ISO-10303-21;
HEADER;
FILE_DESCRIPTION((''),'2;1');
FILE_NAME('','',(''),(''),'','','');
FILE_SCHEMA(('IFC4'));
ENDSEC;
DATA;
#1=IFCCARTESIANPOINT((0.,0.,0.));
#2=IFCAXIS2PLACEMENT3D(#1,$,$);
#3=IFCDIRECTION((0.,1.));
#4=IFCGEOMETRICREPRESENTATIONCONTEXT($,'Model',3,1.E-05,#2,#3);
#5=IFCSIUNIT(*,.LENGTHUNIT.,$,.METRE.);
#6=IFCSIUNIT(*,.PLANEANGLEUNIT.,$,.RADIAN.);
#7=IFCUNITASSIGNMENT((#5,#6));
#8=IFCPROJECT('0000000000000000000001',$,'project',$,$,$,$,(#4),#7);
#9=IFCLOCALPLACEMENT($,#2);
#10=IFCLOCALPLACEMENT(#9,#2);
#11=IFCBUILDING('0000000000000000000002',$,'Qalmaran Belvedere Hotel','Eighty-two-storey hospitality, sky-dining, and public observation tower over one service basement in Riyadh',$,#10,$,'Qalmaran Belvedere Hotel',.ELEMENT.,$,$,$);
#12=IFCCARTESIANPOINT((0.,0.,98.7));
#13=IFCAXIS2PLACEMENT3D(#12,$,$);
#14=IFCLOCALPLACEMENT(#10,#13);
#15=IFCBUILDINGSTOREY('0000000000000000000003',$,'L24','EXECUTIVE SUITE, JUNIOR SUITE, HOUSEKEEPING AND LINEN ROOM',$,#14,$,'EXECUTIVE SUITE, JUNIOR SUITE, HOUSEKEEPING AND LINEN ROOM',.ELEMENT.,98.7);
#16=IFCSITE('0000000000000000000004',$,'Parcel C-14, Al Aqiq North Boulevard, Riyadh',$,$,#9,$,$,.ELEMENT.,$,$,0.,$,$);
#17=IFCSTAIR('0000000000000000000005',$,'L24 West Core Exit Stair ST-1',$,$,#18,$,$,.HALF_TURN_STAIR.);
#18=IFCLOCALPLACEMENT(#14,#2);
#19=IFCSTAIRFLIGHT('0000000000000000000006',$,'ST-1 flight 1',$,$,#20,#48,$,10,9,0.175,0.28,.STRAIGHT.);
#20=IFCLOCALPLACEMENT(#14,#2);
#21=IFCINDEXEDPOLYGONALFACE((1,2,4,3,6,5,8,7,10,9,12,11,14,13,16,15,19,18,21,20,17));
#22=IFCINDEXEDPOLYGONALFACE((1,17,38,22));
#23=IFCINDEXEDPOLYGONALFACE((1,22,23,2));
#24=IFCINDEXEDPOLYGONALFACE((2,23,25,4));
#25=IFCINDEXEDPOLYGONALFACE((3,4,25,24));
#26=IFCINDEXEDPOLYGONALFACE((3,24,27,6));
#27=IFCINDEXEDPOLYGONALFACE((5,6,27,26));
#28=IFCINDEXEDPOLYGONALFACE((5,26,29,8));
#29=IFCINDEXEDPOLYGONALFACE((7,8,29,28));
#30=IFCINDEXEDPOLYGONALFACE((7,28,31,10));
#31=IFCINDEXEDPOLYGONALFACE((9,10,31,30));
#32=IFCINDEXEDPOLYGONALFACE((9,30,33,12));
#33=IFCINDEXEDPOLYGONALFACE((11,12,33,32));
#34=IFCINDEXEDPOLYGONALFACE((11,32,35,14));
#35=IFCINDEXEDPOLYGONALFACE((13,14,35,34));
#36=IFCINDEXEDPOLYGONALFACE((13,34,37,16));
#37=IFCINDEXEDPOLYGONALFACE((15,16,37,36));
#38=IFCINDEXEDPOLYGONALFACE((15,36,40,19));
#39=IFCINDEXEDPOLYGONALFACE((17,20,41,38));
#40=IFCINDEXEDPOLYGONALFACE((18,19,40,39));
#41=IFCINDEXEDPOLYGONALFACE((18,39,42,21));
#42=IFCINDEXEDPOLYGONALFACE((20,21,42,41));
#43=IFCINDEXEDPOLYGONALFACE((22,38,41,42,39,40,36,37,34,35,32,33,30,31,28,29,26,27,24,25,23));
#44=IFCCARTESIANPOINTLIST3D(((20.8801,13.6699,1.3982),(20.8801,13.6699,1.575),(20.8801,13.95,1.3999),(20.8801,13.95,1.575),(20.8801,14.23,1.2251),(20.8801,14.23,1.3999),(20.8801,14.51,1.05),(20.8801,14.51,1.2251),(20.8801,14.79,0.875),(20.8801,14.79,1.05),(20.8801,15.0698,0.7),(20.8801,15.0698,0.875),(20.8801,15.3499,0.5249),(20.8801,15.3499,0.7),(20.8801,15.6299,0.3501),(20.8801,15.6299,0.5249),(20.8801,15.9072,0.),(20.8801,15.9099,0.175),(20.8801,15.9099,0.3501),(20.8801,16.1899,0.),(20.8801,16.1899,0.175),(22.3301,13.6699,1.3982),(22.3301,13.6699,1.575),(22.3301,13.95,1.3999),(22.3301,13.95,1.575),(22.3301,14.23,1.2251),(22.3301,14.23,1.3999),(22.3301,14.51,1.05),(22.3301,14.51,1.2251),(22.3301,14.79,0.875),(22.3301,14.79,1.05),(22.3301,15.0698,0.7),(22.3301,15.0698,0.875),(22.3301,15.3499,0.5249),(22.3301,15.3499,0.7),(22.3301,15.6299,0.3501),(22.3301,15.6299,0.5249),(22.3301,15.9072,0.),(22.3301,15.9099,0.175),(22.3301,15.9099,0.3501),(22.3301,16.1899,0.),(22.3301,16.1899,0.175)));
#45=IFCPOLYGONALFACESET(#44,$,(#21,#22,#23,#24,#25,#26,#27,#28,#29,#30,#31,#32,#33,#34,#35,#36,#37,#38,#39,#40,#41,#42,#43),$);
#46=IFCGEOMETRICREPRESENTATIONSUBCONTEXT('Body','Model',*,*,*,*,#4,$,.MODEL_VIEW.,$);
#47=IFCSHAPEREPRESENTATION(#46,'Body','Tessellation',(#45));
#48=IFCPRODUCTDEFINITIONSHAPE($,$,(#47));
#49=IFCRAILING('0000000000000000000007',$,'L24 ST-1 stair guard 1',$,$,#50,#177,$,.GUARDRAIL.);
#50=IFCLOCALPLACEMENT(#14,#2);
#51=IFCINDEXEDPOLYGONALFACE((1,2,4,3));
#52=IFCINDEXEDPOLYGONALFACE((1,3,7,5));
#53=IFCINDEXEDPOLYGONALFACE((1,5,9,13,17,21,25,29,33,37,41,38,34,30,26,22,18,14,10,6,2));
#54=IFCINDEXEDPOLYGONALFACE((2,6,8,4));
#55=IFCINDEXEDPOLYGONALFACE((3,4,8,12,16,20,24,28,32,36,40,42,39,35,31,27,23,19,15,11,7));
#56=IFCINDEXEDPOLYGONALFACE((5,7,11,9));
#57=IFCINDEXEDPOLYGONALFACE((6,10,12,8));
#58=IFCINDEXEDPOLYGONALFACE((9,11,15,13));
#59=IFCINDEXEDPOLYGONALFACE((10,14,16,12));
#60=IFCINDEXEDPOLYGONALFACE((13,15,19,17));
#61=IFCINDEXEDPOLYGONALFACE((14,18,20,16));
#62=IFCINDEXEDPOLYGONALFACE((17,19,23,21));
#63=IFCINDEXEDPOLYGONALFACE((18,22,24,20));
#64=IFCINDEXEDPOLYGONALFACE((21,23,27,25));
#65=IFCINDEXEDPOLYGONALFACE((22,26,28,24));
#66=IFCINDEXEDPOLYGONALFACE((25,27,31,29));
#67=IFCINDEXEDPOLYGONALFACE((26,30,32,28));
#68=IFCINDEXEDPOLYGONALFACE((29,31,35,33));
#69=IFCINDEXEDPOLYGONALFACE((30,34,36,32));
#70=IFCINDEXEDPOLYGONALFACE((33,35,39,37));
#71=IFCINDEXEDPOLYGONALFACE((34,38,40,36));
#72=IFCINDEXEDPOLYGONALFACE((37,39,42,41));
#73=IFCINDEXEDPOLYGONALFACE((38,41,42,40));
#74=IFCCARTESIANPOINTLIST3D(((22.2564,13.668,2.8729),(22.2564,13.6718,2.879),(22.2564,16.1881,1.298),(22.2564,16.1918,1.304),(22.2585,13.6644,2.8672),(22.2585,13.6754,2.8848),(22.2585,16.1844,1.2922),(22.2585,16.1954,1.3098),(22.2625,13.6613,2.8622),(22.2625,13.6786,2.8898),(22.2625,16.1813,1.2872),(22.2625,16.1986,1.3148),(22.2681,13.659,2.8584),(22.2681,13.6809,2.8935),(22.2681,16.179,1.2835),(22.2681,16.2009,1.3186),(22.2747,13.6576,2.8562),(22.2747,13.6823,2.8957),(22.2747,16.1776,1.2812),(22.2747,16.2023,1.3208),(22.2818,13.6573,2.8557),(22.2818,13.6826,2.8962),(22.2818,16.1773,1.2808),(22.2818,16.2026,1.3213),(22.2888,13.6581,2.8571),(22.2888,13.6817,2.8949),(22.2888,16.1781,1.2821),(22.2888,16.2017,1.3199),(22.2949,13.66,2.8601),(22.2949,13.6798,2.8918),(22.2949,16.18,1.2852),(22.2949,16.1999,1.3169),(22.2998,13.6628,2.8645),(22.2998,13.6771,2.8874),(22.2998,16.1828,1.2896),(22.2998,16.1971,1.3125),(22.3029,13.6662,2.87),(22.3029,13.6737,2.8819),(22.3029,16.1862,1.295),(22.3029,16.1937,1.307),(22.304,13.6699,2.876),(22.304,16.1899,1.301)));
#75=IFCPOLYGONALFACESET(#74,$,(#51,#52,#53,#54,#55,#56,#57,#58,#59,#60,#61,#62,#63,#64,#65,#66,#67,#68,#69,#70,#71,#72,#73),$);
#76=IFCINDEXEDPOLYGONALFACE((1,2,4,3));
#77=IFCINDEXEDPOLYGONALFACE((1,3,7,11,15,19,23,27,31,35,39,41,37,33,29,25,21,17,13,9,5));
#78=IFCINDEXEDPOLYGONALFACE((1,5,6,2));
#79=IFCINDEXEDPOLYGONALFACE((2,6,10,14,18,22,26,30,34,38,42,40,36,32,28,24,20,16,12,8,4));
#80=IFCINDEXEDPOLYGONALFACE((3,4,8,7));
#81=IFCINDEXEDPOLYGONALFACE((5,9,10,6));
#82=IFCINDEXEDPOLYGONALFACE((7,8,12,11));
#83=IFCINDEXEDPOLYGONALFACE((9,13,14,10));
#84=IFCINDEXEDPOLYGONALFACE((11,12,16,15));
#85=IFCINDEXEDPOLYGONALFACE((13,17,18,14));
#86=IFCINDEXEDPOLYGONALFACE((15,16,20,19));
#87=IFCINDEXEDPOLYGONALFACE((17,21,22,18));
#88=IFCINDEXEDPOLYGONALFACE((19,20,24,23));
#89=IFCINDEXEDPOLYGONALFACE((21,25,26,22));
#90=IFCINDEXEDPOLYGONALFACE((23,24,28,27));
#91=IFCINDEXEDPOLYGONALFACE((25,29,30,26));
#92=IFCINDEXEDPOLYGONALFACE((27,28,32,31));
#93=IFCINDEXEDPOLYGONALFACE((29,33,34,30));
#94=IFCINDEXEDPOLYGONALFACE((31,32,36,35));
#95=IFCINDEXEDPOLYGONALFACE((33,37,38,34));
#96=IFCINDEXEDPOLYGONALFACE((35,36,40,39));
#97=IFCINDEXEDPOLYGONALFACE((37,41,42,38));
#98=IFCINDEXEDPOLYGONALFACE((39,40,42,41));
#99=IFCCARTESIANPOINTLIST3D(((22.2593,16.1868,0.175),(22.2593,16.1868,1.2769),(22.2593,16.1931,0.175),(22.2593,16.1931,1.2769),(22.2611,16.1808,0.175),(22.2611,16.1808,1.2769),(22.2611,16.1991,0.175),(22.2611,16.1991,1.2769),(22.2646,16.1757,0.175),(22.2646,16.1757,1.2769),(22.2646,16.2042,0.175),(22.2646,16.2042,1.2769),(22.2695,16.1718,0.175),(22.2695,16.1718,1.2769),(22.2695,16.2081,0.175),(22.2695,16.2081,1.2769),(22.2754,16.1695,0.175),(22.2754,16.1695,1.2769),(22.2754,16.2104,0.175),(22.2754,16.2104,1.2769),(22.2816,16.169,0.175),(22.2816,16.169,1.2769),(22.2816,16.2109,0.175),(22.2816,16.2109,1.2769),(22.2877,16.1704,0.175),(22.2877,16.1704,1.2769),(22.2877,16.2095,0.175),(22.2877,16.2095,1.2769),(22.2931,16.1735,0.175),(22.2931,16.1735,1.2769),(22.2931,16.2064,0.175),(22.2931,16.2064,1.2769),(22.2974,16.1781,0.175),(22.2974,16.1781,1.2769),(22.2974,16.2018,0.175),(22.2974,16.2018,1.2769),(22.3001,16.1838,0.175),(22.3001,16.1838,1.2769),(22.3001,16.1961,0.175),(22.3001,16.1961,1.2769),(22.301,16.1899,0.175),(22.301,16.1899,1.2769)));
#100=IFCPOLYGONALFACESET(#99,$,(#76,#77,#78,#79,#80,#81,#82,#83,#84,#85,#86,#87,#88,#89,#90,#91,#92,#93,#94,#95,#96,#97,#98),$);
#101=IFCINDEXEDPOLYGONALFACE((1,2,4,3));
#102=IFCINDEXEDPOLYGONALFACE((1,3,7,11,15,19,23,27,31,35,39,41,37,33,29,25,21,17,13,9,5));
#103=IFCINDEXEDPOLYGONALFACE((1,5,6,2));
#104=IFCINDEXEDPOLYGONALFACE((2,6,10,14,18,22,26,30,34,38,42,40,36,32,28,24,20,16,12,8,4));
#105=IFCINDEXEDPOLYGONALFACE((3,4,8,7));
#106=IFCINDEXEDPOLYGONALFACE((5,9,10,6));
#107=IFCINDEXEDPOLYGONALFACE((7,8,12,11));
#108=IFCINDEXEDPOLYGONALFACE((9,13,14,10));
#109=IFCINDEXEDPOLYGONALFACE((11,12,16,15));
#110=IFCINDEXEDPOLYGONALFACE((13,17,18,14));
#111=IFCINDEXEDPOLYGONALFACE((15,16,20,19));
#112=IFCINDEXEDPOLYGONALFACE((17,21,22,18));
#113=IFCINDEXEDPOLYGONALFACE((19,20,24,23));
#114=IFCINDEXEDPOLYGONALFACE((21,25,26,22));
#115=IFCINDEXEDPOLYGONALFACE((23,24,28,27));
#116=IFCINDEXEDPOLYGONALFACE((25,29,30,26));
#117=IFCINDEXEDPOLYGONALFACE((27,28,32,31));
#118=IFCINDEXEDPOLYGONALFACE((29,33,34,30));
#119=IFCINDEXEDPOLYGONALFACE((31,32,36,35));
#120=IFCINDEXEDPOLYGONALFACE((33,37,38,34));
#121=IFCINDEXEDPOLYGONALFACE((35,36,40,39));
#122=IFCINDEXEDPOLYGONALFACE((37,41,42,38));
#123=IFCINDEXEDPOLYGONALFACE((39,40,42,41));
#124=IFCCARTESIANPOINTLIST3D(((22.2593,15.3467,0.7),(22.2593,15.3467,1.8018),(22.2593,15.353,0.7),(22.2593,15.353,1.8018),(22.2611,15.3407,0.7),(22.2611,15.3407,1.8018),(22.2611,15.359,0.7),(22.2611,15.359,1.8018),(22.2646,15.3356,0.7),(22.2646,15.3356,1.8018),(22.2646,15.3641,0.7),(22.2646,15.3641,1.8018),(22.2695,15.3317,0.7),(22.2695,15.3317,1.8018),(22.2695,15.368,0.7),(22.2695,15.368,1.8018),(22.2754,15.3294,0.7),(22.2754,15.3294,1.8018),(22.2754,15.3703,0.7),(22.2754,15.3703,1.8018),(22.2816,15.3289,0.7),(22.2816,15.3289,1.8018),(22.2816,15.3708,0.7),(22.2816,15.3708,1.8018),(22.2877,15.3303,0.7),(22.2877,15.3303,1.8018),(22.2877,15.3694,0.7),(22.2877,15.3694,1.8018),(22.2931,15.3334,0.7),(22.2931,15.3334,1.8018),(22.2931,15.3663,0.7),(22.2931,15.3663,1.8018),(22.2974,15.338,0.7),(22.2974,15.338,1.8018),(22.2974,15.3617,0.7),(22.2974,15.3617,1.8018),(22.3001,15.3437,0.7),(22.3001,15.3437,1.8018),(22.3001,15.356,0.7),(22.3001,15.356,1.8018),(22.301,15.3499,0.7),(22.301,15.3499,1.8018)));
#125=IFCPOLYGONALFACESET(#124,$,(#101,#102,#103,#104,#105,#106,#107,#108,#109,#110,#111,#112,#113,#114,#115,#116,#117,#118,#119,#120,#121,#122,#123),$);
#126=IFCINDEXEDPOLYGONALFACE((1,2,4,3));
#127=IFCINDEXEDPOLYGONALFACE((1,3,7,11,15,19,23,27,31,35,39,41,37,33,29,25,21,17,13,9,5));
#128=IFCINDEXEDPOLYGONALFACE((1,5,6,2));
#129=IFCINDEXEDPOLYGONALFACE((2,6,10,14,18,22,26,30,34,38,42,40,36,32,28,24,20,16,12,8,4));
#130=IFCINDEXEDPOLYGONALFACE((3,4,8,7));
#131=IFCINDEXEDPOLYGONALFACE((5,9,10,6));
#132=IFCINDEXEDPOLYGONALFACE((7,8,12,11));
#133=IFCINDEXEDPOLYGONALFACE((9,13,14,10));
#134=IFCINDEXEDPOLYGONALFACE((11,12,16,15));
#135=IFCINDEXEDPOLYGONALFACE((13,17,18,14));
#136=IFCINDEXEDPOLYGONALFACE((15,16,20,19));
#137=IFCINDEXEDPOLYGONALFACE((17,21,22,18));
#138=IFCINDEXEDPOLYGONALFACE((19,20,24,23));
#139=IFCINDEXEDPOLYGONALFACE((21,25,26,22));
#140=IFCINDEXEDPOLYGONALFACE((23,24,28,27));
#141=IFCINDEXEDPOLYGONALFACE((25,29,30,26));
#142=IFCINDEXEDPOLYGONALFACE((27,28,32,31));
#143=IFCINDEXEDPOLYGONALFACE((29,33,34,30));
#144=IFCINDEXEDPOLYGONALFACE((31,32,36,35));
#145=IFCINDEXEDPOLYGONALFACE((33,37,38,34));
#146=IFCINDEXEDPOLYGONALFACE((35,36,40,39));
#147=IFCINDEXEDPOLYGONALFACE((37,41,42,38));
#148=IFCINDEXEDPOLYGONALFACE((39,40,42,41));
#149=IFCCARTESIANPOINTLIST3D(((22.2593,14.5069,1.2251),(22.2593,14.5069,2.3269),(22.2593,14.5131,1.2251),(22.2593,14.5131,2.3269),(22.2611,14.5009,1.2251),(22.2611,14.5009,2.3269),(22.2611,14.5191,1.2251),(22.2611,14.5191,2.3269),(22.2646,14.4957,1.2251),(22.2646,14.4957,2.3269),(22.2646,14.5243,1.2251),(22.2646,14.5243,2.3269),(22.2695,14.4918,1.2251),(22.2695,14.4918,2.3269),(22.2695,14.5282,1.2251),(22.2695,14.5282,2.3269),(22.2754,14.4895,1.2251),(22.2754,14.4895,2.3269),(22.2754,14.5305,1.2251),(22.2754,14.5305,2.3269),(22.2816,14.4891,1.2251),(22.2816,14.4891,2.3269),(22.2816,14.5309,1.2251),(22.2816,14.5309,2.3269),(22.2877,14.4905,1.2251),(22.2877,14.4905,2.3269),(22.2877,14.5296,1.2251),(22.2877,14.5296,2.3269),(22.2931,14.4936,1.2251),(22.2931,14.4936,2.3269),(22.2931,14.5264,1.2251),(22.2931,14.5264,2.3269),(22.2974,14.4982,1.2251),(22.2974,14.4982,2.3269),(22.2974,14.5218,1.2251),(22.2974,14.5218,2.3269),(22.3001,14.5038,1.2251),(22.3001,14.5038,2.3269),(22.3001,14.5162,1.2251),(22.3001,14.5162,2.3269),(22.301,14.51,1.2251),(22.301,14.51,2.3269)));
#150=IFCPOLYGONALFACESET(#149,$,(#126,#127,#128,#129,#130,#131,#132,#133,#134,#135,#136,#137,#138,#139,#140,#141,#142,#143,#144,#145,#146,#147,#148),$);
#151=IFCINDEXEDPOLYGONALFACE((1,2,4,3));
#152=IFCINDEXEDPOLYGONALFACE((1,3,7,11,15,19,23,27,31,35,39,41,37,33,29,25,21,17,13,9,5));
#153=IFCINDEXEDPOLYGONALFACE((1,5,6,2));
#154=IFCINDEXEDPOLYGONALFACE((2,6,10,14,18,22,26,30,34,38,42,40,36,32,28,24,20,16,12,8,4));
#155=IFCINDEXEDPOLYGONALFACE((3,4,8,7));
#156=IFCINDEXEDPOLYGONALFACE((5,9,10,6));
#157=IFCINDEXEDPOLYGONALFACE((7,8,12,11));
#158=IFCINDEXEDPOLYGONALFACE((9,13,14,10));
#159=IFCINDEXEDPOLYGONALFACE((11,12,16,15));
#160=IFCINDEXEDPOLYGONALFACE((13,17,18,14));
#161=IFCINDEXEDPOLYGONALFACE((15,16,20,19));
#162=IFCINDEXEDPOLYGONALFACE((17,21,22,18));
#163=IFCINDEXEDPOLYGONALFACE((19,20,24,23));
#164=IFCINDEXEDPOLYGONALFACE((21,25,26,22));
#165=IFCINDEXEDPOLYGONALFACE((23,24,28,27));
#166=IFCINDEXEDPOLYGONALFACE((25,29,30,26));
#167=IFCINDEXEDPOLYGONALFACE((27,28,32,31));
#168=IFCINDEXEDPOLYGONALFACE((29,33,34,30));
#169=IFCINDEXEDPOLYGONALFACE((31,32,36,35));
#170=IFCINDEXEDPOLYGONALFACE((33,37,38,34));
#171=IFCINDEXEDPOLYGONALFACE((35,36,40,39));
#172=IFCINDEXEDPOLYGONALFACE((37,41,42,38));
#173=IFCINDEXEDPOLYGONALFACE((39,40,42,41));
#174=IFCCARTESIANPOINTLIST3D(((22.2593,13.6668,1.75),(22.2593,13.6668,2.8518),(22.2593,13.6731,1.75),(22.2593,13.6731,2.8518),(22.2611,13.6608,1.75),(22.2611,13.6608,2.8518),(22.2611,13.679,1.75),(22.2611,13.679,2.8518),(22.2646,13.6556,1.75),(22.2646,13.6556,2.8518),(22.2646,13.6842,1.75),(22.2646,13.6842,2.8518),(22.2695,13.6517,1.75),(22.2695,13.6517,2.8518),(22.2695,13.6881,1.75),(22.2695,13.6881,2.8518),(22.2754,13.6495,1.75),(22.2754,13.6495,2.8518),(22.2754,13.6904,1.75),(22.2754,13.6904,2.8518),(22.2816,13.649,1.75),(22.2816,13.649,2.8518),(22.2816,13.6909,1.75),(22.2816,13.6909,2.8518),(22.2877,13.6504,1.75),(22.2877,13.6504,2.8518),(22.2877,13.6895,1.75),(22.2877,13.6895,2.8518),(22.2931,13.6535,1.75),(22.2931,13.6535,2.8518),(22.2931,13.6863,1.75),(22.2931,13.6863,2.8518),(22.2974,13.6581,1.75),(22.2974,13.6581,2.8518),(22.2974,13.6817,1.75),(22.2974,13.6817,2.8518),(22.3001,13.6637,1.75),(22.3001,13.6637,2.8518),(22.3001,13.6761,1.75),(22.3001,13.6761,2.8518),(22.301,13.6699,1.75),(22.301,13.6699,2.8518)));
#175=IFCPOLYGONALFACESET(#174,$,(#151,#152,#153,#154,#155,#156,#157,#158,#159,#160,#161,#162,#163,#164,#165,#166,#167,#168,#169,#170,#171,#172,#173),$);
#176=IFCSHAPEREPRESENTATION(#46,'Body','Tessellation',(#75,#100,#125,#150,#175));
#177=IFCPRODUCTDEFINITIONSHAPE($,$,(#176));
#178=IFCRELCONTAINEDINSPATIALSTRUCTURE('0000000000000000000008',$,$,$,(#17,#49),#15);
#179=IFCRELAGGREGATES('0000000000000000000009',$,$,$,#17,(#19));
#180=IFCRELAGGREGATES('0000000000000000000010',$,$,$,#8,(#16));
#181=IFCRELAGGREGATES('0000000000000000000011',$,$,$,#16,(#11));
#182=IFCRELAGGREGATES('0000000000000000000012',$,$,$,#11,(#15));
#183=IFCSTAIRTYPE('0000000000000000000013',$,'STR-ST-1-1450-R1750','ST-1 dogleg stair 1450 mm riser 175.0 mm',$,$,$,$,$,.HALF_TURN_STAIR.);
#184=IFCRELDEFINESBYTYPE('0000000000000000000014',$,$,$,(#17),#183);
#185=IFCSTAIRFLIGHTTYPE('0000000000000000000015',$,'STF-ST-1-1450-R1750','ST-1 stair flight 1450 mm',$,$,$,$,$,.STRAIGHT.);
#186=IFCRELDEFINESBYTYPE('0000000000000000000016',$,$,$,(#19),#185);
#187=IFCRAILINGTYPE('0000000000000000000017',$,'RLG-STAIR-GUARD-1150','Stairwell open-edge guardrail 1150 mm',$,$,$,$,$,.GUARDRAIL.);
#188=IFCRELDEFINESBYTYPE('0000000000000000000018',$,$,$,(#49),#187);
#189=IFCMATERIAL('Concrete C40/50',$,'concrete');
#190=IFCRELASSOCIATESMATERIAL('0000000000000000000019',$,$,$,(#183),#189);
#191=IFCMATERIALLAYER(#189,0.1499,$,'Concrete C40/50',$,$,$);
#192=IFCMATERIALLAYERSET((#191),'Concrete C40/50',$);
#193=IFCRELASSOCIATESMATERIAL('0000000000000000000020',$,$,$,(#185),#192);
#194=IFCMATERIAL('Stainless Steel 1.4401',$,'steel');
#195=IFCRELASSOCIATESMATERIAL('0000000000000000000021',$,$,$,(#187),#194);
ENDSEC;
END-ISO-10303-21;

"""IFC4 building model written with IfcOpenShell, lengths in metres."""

from ifc_helpers import new_model, si_unit, direction, frame, origin, origin_2d, place, context, subcontext, project, spatial, polyline, circle, outline, extrude, material, layer, layer_set, type_object, element, aggregate, save


model = new_model("IFC4")

# Units and contexts
model_context = context("Model", 3, precision=1e-05, world=origin(), true_north=direction((0.0, 1.0)))
body_context = subcontext(model_context, "Body", "Model", "MODEL_VIEW")
ifc_project = project(units=[si_unit("LENGTHUNIT", "METRE"), si_unit("PLANEANGLEUNIT", "RADIAN")], contexts=[model_context])

# Site, building, storey
site_placement = place(None, origin())
site = spatial("IfcSite", under=ifc_project, at=site_placement, Name="Parcel C-14, Al Aqiq North Boulevard, Riyadh", CompositionType="ELEMENT", RefElevation=0.0)
building_placement = place(site_placement, origin())
building = spatial("IfcBuilding", under=site, at=building_placement, Name="Qalmaran Belvedere Hotel", Description="Eighty-two-storey hospitality, sky-dining, and public observation tower over one service basement in Riyadh", LongName="Qalmaran Belvedere Hotel", CompositionType="ELEMENT")
storey_placement = place(building_placement, frame((0.0, 0.0, 98.7)))
storey = spatial("IfcBuildingStorey", under=building, at=storey_placement, Name="L24", Description="EXECUTIVE SUITE, JUNIOR SUITE, HOUSEKEEPING AND LINEN ROOM", LongName="EXECUTIVE SUITE, JUNIOR SUITE, HOUSEKEEPING AND LINEN ROOM", CompositionType="ELEMENT", Elevation=98.7)

# Shared definitions
ifc_material_1 = material(Name="Stainless Steel 1.4401", Category="steel")

# Stair, stair flight
ifc_material_2 = material(Name="Concrete C40/50", Category="concrete")
stair_type = type_object("IfcStairType", Name="STR-ST-1-1450-R1750", Description="ST-1 dogleg stair 1450 mm riser 175.0 mm", PredefinedType="HALF_TURN_STAIR", material=ifc_material_2)
stair_placement = place(storey_placement, origin())
stair = element("IfcStair", 1, at=stair_placement, inside=storey, type_object=stair_type, Name="L24 West Core Exit Stair ST-1", PredefinedType="HALF_TURN_STAIR")
ifc_layer_1 = layer(ifc_material_2, 0.1499, Name="Concrete C40/50")
ifc_layer_set_1 = layer_set([ifc_layer_1], Name="Concrete C40/50")
stair_flight_type = type_object("IfcStairFlightType", Name="STF-ST-1-1450-R1750", Description="ST-1 stair flight 1450 mm", PredefinedType="STRAIGHT", material=ifc_layer_set_1)
stair_flight_placement = place(storey_placement, frame((21.605, 16.1899, 0.0), z_axis=(0.0, 0.0, 1.0), x_axis=(0.0, -1.0, 0.0)))
stair_flight = element("IfcStairFlight", 2, at=stair_flight_placement, type_object=stair_flight_type, Name="ST-1 flight 1", NumberOfRisers=10, NumberOfTreads=9, PredefinedType="STRAIGHT", RiserHeight=0.175, TreadLength=0.28, context=body_context, shape_type="SweptSolid", body=[
    extrude(outline(polyline([(0.0, 0.0), (0.0, 0.175), (0.28, 0.175), (0.28, 0.3501), (0.5601, 0.3501), (0.5601, 0.5249), (0.8401, 0.5249), (0.8401, 0.7), (1.1201, 0.7), (1.1201, 0.875), (1.3999, 0.875), (1.3999, 1.05), (1.6799, 1.05), (1.6799, 1.2251), (1.96, 1.2251), (1.96, 1.3999), (2.24, 1.3999), (2.24, 1.575), (2.52, 1.575), (2.52, 1.75), (2.52, 1.3982), (0.2827, 0.0), (0.0, 0.0)])), frame((0.0, 0.7251, 0.0), z_axis=(0.0, -1.0, 0.0), x_axis=(1.0, 0.0, 0.0)), (0.0, 0.0, 1.0), 1.45),
])
aggregate(stair, [stair_flight])

# Railing
railing_type_1 = type_object("IfcRailingType", Name="RLG-STAIR-GUARD-1150", Description="Stairwell open-edge guardrail 1150 mm", PredefinedType="GUARDRAIL", material=ifc_material_1)
railing_1_placement = place(storey_placement, frame((22.28, 16.1899, 0.175)))
element("IfcRailing", 3, at=railing_1_placement, inside=storey, type_object=railing_type_1, Name="L24 ST-1 stair guard 1", PredefinedType="GUARDRAIL", context=body_context, shape_type="SweptSolid", body=[
    extrude(circle(Radius=0.0239, at=origin_2d()), frame((0.0, 0.0, 1.126), z_axis=(0.0, -0.848008, 0.529984), x_axis=(1.0, 0.0, 0.0)), (0.0, 0.0, 1.0), 2.9717),
    extrude(circle(Radius=0.021, at=origin_2d()), origin(), (0.0, 0.0, 1.0), 1.1018),
    extrude(circle(Radius=0.021, at=origin_2d()), frame((0.0, -0.8401, 0.5249)), (0.0, 0.0, 1.0), 1.1018),
    extrude(circle(Radius=0.021, at=origin_2d()), frame((0.0, -1.6799, 1.05)), (0.0, 0.0, 1.0), 1.1018),
    extrude(circle(Radius=0.021, at=origin_2d()), frame((0.0, -2.52, 1.575)), (0.0, 0.0, 1.0), 1.1018),
])

save(model, "model.ifc")
